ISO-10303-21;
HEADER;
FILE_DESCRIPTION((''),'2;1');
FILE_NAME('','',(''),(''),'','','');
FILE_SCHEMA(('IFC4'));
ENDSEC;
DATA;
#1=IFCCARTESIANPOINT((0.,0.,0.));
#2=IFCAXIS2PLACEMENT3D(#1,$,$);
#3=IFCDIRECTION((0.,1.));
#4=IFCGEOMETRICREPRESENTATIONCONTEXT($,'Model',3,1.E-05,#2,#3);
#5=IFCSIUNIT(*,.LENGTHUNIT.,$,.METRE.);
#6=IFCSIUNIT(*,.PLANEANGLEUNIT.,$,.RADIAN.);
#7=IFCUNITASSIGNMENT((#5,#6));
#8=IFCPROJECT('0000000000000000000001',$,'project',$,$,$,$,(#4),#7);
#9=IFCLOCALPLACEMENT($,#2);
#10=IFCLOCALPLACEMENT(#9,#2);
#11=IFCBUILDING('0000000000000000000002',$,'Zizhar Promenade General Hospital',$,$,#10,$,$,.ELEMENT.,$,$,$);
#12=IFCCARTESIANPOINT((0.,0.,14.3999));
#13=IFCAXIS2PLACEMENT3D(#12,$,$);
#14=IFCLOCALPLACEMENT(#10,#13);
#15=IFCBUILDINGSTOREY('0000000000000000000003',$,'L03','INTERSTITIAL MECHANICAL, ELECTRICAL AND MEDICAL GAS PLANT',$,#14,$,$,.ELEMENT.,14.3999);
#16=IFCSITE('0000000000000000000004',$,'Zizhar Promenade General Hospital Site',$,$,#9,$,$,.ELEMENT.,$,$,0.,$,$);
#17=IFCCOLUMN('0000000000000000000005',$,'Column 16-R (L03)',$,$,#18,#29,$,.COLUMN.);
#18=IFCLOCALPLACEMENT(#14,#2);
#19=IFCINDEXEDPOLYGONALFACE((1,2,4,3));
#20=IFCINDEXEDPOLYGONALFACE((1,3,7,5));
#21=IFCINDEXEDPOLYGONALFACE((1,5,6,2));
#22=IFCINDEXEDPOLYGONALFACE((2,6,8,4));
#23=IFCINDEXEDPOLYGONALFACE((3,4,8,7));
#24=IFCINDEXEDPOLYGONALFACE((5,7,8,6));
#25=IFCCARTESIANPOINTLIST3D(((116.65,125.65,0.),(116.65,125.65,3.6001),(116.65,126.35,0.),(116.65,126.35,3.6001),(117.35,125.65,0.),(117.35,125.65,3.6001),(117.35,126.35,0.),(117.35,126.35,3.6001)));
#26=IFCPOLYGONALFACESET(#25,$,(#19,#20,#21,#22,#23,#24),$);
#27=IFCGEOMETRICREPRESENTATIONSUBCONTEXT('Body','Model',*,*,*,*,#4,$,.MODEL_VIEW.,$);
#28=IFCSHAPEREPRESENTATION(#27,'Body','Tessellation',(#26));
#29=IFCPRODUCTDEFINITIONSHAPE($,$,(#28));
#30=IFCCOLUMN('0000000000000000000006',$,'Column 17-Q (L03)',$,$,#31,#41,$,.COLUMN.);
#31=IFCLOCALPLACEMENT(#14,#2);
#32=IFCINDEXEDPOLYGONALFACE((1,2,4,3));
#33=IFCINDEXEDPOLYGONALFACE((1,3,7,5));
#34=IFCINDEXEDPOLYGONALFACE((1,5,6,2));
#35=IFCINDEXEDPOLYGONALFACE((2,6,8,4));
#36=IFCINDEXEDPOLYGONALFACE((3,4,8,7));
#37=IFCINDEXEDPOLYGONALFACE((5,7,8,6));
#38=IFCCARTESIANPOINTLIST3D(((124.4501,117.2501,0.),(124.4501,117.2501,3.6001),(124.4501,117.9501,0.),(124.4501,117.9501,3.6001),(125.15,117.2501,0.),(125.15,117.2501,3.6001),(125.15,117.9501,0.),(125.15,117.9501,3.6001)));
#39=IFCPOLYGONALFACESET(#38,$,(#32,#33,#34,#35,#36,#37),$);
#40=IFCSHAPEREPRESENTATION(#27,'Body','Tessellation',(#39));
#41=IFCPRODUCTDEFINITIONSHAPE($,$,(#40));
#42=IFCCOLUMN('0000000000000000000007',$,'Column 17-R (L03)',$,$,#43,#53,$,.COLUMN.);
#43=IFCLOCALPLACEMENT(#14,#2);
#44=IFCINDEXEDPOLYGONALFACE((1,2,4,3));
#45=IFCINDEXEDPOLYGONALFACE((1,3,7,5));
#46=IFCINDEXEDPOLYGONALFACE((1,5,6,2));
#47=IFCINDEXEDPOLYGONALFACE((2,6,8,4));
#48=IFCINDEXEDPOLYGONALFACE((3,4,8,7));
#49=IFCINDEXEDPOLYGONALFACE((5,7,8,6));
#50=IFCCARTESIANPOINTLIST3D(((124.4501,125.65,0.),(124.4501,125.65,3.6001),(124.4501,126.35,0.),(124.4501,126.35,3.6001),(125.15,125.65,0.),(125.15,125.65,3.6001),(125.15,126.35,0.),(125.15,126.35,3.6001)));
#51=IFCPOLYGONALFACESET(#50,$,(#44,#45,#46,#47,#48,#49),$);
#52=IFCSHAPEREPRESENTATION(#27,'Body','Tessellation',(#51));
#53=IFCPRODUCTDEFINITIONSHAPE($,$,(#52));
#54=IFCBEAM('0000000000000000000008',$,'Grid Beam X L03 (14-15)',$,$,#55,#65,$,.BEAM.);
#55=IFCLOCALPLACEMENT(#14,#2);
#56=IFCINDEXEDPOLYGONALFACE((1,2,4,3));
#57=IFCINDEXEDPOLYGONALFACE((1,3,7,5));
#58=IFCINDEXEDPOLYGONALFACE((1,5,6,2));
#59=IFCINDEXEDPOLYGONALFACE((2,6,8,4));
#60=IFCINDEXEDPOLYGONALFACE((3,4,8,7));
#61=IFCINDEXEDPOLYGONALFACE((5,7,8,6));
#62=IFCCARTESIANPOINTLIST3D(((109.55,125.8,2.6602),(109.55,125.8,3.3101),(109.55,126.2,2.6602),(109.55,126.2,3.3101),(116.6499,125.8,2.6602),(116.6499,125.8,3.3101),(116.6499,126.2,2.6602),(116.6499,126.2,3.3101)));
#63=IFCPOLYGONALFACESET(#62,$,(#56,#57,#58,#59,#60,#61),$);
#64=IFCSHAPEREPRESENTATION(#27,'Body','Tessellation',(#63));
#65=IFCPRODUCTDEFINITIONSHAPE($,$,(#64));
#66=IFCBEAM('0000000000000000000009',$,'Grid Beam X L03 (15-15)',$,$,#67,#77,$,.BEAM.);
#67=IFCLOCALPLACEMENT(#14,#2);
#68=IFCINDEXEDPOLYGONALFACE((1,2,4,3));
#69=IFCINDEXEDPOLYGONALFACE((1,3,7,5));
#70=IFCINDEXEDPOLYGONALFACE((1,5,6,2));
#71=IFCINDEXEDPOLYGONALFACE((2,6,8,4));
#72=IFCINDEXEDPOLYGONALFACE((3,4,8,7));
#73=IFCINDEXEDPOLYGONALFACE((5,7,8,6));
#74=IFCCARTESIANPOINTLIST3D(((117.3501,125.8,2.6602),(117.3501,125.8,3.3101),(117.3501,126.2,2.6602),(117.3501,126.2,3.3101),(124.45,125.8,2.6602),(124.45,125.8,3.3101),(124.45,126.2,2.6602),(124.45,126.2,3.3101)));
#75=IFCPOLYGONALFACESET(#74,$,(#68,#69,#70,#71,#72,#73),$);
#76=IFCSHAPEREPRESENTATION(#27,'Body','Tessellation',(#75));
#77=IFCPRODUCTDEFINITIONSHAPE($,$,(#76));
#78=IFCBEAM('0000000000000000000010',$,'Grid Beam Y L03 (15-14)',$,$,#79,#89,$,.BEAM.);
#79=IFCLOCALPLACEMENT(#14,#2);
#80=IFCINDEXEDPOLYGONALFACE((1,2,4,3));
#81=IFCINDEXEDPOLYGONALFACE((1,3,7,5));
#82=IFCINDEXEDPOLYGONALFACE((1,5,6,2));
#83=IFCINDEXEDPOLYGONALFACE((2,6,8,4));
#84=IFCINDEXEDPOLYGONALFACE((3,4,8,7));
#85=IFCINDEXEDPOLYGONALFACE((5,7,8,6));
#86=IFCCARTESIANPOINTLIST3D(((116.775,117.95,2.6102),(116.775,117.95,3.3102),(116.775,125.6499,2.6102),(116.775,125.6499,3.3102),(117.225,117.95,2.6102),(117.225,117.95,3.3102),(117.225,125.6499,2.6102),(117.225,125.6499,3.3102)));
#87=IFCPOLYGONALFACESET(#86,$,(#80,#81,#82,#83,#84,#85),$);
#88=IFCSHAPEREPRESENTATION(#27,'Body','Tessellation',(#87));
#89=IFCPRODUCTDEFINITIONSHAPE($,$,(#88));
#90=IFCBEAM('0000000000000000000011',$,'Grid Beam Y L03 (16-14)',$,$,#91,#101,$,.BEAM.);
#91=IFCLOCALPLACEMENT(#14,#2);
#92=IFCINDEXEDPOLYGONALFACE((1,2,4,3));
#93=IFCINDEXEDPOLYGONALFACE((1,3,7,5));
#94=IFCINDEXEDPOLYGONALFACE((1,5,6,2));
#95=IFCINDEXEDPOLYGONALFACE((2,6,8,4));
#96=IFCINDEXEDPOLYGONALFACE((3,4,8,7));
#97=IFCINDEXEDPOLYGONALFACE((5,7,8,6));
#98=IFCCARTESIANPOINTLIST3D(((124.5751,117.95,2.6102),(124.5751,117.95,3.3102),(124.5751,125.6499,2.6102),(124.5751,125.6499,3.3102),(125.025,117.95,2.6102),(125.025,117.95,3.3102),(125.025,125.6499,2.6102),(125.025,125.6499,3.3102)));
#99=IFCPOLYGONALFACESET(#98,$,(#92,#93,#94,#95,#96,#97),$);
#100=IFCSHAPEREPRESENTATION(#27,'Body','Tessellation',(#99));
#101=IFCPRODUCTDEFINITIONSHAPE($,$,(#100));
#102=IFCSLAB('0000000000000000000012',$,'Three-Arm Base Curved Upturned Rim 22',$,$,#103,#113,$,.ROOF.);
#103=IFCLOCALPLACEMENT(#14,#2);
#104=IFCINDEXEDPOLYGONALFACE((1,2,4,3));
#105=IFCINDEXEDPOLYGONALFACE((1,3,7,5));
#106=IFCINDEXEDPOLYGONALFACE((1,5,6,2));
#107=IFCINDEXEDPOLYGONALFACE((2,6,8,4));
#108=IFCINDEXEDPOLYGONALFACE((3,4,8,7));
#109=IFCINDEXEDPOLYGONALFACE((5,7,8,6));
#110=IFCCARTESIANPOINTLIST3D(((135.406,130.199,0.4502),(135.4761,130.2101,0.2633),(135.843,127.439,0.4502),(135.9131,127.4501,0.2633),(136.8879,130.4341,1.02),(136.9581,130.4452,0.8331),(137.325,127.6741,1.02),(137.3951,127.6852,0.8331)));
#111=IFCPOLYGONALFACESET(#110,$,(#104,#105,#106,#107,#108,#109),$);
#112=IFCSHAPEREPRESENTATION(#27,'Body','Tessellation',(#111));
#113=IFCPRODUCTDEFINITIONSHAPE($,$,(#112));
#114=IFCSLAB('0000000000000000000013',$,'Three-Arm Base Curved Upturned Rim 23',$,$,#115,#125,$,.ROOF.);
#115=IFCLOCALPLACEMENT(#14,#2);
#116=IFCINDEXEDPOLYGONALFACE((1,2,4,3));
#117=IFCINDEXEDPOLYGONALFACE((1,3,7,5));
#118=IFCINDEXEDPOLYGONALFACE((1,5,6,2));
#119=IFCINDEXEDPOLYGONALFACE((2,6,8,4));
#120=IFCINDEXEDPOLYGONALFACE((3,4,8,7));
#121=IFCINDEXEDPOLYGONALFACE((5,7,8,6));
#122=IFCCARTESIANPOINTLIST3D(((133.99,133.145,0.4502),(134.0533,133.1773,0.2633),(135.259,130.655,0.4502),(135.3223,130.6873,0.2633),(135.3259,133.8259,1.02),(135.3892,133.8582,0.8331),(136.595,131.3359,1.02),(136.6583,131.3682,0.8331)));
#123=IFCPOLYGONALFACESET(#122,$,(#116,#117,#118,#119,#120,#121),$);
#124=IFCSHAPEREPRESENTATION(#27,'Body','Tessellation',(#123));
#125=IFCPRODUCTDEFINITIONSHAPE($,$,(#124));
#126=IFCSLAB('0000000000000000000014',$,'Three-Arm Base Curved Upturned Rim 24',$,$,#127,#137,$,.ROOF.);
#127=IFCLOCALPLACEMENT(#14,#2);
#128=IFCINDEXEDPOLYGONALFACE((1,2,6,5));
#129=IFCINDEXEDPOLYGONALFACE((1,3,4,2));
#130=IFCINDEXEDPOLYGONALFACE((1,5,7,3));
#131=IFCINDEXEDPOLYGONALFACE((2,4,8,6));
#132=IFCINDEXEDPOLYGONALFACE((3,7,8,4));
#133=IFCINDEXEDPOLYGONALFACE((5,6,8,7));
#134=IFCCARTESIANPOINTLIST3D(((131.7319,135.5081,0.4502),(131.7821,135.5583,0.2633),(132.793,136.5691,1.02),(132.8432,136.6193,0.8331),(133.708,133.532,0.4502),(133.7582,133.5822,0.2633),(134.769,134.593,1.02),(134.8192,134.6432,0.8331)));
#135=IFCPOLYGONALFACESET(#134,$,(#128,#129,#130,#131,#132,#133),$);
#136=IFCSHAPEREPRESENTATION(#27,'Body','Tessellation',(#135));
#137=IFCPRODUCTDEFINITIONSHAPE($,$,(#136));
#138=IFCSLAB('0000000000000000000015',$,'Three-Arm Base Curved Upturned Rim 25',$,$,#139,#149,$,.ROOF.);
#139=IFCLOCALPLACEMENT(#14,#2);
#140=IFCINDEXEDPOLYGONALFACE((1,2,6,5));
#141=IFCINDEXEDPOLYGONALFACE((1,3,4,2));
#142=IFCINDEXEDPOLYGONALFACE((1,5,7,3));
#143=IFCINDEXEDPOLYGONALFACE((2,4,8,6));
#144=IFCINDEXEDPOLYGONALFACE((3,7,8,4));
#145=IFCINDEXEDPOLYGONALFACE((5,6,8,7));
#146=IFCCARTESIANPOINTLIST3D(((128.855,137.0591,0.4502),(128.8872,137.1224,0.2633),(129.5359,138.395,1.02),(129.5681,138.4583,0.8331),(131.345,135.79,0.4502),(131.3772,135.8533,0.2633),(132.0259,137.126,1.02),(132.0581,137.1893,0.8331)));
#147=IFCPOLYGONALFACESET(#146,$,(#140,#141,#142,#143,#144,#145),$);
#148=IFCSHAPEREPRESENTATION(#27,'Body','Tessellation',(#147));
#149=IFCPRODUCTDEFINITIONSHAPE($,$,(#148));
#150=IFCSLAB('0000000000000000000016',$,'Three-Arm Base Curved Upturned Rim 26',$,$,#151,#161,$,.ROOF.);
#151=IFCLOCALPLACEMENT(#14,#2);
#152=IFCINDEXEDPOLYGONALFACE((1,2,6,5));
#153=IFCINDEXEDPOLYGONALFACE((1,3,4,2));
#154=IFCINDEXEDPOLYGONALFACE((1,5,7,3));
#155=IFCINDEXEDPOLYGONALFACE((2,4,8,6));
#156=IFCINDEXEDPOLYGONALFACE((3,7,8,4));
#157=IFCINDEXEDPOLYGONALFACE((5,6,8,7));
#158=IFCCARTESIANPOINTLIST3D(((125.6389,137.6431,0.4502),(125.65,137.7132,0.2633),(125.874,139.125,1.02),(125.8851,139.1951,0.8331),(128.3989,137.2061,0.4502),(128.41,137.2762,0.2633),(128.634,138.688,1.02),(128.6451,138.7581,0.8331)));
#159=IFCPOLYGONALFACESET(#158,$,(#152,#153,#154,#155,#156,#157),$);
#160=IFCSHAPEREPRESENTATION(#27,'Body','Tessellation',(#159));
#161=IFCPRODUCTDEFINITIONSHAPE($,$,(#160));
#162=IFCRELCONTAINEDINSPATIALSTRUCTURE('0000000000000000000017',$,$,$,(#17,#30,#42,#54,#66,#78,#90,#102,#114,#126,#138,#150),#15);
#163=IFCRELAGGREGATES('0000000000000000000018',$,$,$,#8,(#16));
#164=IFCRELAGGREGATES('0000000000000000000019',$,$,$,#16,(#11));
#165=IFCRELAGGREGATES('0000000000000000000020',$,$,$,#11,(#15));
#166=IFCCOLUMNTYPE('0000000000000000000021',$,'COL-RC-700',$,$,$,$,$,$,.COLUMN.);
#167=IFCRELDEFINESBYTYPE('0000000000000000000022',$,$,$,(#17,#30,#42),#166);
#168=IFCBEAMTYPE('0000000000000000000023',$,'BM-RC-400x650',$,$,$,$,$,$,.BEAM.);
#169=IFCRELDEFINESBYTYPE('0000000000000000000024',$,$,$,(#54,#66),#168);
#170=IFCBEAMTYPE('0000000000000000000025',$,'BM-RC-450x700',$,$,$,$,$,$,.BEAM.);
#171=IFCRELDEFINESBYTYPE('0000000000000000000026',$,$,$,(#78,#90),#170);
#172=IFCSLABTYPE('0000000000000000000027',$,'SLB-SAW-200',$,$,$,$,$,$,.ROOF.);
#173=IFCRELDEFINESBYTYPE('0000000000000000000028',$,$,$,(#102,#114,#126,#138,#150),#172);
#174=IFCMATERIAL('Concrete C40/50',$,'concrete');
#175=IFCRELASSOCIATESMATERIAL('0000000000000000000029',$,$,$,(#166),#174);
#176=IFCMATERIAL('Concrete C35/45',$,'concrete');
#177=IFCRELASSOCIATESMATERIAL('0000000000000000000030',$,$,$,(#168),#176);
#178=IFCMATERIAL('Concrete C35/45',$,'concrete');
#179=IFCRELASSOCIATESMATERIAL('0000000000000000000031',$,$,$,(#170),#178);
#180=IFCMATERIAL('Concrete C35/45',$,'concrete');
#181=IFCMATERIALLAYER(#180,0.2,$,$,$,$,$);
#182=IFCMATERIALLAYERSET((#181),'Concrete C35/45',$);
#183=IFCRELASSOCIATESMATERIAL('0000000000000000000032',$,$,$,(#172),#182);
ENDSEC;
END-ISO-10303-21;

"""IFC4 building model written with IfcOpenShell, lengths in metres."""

from ifc_helpers import new_model, si_unit, direction, frame, origin, origin_2d, place, context, subcontext, project, spatial, polyline, rectangle, outline, extrude, material, layer, layer_set, material_profile, profile_set, type_object, element, save


model = new_model("IFC4")

# Units and contexts
model_context = context("Model", 3, precision=1e-05, world=origin(), true_north=direction((0.0, 1.0)))
body_context = subcontext(model_context, "Body", "Model", "MODEL_VIEW")
ifc_project = project(units=[si_unit("LENGTHUNIT", "METRE"), si_unit("PLANEANGLEUNIT", "RADIAN")], contexts=[model_context])

# Site, building, storey
site_placement = place(None, origin())
site = spatial("IfcSite", under=ifc_project, at=site_placement, Name="Zizhar Promenade General Hospital Site", CompositionType="ELEMENT", RefElevation=0.0)
building_placement = place(site_placement, origin())
building = spatial("IfcBuilding", under=site, at=building_placement, Name="Zizhar Promenade General Hospital", CompositionType="ELEMENT")
storey_placement = place(building_placement, frame((0.0, 0.0, 14.3999)))
storey = spatial("IfcBuildingStorey", under=building, at=storey_placement, Name="L03", Description="INTERSTITIAL MECHANICAL, ELECTRICAL AND MEDICAL GAS PLANT", CompositionType="ELEMENT", Elevation=14.3999)

# Columns
ifc_material_1 = material(Name="Concrete C40/50", Category="concrete")
ifc_material_profile_1 = material_profile(ifc_material_1, rectangle(XDim=0.7, YDim=0.7, at=origin_2d()))
ifc_profile_set_1 = profile_set([ifc_material_profile_1], Name="Concrete C40/50")
column_type = type_object("IfcColumnType", Name="COL-RC-700", PredefinedType="COLUMN", material=ifc_profile_set_1)
for number, where, z_axis, x_axis, name in (
    (1, (117.0, 126.0, 0.0), (0.0, 0.0, 1.0), (1.0, 0.0, 0.0), "Column 16-R (L03)"),
    (2, (124.8, 117.6001, 0.0), (0.0, 0.0, 1.0), (1.0, 0.0, 0.0), "Column 17-Q (L03)"),
    (3, (124.8, 126.0, 0.0), (0.0, 0.0, 1.0), (1.0, 0.0, 0.0), "Column 17-R (L03)"),
):
    element("IfcColumn", number, at=place(storey_placement, frame(where, z_axis=z_axis, x_axis=x_axis)), inside=storey, type_object=column_type, Name=name, PredefinedType="COLUMN", context=body_context, shape_type="SweptSolid", body=[
        extrude(rectangle(XDim=0.7, YDim=0.7, at=origin_2d()), origin(), (0.0, 0.0, 1.0), 3.6001),
    ])

# Beams
ifc_material_2 = material(Name="Concrete C35/45", Category="concrete")
ifc_material_profile_2 = material_profile(ifc_material_2, rectangle(XDim=0.3999, YDim=0.6499, at=origin_2d()))
ifc_profile_set_2 = profile_set([ifc_material_profile_2], Name="Concrete C35/45")
beam_type_1 = type_object("IfcBeamType", Name="BM-RC-400x650", PredefinedType="BEAM", material=ifc_profile_set_2)
for number, where, z_axis, x_axis, name in (
    (4, (109.55, 126.0, 2.9851), (1.0, 0.0, 0.0), (0.0, 1.0, 0.0), "Grid Beam X L03 (14-15)"),
    (5, (117.3501, 126.0, 2.9851), (1.0, 0.0, 0.0), (0.0, 1.0, 0.0), "Grid Beam X L03 (15-15)"),
):
    element("IfcBeam", number, at=place(storey_placement, frame(where, z_axis=z_axis, x_axis=x_axis)), inside=storey, type_object=beam_type_1, Name=name, PredefinedType="BEAM", context=body_context, shape_type="SweptSolid", body=[
        extrude(rectangle(XDim=0.3999, YDim=0.6499, at=origin_2d()), origin(), (0.0, 0.0, 1.0), 7.0999),
    ])
ifc_material_3 = material(Name="Concrete C35/45", Category="concrete")
ifc_material_profile_3 = material_profile(ifc_material_3, rectangle(XDim=0.45, YDim=0.7, at=origin_2d()))
ifc_profile_set_3 = profile_set([ifc_material_profile_3], Name="Concrete C35/45")
beam_type_2 = type_object("IfcBeamType", Name="BM-RC-450x700", PredefinedType="BEAM", material=ifc_profile_set_3)
for number, where, z_axis, x_axis, name in (
    (6, (117.0, 117.95, 2.9602), (0.0, 1.0, 0.0), (-1.0, 0.0, 0.0), "Grid Beam Y L03 (15-14)"),
    (7, (124.8, 117.95, 2.9602), (0.0, 1.0, 0.0), (-1.0, 0.0, 0.0), "Grid Beam Y L03 (16-14)"),
):
    element("IfcBeam", number, at=place(storey_placement, frame(where, z_axis=z_axis, x_axis=x_axis)), inside=storey, type_object=beam_type_2, Name=name, PredefinedType="BEAM", context=body_context, shape_type="SweptSolid", body=[
        extrude(rectangle(XDim=0.45, YDim=0.7, at=origin_2d()), origin(), (0.0, 0.0, 1.0), 7.7),
    ])

# Slabs
ifc_material_4 = material(Name="Concrete C35/45", Category="concrete")
ifc_layer_1 = layer(ifc_material_4, 0.2)
ifc_layer_set_1 = layer_set([ifc_layer_1], Name="Concrete C35/45")
slab_type = type_object("IfcSlabType", Name="SLB-SAW-200", PredefinedType="ROOF", material=ifc_layer_set_1)
slab_1_placement = place(storey_placement, frame((137.325, 127.6741, 1.02), z_axis=(-0.350657, -0.055522, 0.934857), x_axis=(-0.156389, 0.987696, 0.0)))
element("IfcSlab", 8, at=slab_1_placement, inside=storey, type_object=slab_type, Name="Three-Arm Base Curved Upturned Rim 22", PredefinedType="ROOF", context=body_context, shape_type="SweptSolid", body=[
    extrude(outline(polyline([(0.0, 0.0), (2.7944, 0.0), (2.7939, 1.605), (-0.0005, 1.605), (0.0, 0.0)])), origin(), (0.0, 0.0, -1.0), 0.2),
])
slab_2_placement = place(storey_placement, frame((136.595, 131.3359, 1.02), z_axis=(-0.3165, -0.161307, 0.934777), x_axis=(-0.454084, 0.890959, 0.0)))
element("IfcSlab", 9, at=slab_2_placement, inside=storey, type_object=slab_type, Name="Three-Arm Base Curved Upturned Rim 23", PredefinedType="ROOF", context=body_context, shape_type="SweptSolid", body=[
    extrude(outline(polyline([(0.0, 0.0), (2.7947, 0.0), (2.7947, 1.6041), (0.0, 1.6041), (0.0, 0.0)])), origin(), (0.0, 0.0, -1.0), 0.2),
])
slab_3_placement = place(storey_placement, frame((134.769, 134.593, 1.02), z_axis=(-0.251032, -0.251032, 0.934862), x_axis=(-0.707107, 0.707107, 0.0)))
element("IfcSlab", 10, at=slab_3_placement, inside=storey, type_object=slab_type, Name="Three-Arm Base Curved Upturned Rim 24", PredefinedType="ROOF", context=body_context, shape_type="SweptSolid", body=[
    extrude(outline(polyline([(0.0, 0.0), (2.7946, 0.0), (2.7946, 1.6051), (0.0, 1.6051), (0.0, 0.0)])), origin(), (0.0, 0.0, -1.0), 0.2),
])
slab_4_placement = place(storey_placement, frame((132.0259, 137.126, 1.02), z_axis=(-0.161307, -0.3165, 0.934777), x_axis=(-0.890959, 0.454084, 0.0)))
element("IfcSlab", 11, at=slab_4_placement, inside=storey, type_object=slab_type, Name="Three-Arm Base Curved Upturned Rim 25", PredefinedType="ROOF", context=body_context, shape_type="SweptSolid", body=[
    extrude(outline(polyline([(0.0, 0.0), (2.7947, 0.0), (2.7948, 1.6041), (0.0, 1.6041), (0.0, 0.0)])), origin(), (0.0, 0.0, -1.0), 0.2),
])
slab_5_placement = place(storey_placement, frame((128.634, 138.688, 1.02), z_axis=(-0.055522, -0.350657, 0.934857), x_axis=(-0.987696, 0.156389, 0.0)))
element("IfcSlab", 12, at=slab_5_placement, inside=storey, type_object=slab_type, Name="Three-Arm Base Curved Upturned Rim 26", PredefinedType="ROOF", context=body_context, shape_type="SweptSolid", body=[
    extrude(outline(polyline([(0.0, 0.0), (2.7944, 0.0), (2.7948, 1.605), (0.0005, 1.605), (0.0, 0.0)])), origin(), (0.0, 0.0, -1.0), 0.2),
])

save(model, "model.ifc")
